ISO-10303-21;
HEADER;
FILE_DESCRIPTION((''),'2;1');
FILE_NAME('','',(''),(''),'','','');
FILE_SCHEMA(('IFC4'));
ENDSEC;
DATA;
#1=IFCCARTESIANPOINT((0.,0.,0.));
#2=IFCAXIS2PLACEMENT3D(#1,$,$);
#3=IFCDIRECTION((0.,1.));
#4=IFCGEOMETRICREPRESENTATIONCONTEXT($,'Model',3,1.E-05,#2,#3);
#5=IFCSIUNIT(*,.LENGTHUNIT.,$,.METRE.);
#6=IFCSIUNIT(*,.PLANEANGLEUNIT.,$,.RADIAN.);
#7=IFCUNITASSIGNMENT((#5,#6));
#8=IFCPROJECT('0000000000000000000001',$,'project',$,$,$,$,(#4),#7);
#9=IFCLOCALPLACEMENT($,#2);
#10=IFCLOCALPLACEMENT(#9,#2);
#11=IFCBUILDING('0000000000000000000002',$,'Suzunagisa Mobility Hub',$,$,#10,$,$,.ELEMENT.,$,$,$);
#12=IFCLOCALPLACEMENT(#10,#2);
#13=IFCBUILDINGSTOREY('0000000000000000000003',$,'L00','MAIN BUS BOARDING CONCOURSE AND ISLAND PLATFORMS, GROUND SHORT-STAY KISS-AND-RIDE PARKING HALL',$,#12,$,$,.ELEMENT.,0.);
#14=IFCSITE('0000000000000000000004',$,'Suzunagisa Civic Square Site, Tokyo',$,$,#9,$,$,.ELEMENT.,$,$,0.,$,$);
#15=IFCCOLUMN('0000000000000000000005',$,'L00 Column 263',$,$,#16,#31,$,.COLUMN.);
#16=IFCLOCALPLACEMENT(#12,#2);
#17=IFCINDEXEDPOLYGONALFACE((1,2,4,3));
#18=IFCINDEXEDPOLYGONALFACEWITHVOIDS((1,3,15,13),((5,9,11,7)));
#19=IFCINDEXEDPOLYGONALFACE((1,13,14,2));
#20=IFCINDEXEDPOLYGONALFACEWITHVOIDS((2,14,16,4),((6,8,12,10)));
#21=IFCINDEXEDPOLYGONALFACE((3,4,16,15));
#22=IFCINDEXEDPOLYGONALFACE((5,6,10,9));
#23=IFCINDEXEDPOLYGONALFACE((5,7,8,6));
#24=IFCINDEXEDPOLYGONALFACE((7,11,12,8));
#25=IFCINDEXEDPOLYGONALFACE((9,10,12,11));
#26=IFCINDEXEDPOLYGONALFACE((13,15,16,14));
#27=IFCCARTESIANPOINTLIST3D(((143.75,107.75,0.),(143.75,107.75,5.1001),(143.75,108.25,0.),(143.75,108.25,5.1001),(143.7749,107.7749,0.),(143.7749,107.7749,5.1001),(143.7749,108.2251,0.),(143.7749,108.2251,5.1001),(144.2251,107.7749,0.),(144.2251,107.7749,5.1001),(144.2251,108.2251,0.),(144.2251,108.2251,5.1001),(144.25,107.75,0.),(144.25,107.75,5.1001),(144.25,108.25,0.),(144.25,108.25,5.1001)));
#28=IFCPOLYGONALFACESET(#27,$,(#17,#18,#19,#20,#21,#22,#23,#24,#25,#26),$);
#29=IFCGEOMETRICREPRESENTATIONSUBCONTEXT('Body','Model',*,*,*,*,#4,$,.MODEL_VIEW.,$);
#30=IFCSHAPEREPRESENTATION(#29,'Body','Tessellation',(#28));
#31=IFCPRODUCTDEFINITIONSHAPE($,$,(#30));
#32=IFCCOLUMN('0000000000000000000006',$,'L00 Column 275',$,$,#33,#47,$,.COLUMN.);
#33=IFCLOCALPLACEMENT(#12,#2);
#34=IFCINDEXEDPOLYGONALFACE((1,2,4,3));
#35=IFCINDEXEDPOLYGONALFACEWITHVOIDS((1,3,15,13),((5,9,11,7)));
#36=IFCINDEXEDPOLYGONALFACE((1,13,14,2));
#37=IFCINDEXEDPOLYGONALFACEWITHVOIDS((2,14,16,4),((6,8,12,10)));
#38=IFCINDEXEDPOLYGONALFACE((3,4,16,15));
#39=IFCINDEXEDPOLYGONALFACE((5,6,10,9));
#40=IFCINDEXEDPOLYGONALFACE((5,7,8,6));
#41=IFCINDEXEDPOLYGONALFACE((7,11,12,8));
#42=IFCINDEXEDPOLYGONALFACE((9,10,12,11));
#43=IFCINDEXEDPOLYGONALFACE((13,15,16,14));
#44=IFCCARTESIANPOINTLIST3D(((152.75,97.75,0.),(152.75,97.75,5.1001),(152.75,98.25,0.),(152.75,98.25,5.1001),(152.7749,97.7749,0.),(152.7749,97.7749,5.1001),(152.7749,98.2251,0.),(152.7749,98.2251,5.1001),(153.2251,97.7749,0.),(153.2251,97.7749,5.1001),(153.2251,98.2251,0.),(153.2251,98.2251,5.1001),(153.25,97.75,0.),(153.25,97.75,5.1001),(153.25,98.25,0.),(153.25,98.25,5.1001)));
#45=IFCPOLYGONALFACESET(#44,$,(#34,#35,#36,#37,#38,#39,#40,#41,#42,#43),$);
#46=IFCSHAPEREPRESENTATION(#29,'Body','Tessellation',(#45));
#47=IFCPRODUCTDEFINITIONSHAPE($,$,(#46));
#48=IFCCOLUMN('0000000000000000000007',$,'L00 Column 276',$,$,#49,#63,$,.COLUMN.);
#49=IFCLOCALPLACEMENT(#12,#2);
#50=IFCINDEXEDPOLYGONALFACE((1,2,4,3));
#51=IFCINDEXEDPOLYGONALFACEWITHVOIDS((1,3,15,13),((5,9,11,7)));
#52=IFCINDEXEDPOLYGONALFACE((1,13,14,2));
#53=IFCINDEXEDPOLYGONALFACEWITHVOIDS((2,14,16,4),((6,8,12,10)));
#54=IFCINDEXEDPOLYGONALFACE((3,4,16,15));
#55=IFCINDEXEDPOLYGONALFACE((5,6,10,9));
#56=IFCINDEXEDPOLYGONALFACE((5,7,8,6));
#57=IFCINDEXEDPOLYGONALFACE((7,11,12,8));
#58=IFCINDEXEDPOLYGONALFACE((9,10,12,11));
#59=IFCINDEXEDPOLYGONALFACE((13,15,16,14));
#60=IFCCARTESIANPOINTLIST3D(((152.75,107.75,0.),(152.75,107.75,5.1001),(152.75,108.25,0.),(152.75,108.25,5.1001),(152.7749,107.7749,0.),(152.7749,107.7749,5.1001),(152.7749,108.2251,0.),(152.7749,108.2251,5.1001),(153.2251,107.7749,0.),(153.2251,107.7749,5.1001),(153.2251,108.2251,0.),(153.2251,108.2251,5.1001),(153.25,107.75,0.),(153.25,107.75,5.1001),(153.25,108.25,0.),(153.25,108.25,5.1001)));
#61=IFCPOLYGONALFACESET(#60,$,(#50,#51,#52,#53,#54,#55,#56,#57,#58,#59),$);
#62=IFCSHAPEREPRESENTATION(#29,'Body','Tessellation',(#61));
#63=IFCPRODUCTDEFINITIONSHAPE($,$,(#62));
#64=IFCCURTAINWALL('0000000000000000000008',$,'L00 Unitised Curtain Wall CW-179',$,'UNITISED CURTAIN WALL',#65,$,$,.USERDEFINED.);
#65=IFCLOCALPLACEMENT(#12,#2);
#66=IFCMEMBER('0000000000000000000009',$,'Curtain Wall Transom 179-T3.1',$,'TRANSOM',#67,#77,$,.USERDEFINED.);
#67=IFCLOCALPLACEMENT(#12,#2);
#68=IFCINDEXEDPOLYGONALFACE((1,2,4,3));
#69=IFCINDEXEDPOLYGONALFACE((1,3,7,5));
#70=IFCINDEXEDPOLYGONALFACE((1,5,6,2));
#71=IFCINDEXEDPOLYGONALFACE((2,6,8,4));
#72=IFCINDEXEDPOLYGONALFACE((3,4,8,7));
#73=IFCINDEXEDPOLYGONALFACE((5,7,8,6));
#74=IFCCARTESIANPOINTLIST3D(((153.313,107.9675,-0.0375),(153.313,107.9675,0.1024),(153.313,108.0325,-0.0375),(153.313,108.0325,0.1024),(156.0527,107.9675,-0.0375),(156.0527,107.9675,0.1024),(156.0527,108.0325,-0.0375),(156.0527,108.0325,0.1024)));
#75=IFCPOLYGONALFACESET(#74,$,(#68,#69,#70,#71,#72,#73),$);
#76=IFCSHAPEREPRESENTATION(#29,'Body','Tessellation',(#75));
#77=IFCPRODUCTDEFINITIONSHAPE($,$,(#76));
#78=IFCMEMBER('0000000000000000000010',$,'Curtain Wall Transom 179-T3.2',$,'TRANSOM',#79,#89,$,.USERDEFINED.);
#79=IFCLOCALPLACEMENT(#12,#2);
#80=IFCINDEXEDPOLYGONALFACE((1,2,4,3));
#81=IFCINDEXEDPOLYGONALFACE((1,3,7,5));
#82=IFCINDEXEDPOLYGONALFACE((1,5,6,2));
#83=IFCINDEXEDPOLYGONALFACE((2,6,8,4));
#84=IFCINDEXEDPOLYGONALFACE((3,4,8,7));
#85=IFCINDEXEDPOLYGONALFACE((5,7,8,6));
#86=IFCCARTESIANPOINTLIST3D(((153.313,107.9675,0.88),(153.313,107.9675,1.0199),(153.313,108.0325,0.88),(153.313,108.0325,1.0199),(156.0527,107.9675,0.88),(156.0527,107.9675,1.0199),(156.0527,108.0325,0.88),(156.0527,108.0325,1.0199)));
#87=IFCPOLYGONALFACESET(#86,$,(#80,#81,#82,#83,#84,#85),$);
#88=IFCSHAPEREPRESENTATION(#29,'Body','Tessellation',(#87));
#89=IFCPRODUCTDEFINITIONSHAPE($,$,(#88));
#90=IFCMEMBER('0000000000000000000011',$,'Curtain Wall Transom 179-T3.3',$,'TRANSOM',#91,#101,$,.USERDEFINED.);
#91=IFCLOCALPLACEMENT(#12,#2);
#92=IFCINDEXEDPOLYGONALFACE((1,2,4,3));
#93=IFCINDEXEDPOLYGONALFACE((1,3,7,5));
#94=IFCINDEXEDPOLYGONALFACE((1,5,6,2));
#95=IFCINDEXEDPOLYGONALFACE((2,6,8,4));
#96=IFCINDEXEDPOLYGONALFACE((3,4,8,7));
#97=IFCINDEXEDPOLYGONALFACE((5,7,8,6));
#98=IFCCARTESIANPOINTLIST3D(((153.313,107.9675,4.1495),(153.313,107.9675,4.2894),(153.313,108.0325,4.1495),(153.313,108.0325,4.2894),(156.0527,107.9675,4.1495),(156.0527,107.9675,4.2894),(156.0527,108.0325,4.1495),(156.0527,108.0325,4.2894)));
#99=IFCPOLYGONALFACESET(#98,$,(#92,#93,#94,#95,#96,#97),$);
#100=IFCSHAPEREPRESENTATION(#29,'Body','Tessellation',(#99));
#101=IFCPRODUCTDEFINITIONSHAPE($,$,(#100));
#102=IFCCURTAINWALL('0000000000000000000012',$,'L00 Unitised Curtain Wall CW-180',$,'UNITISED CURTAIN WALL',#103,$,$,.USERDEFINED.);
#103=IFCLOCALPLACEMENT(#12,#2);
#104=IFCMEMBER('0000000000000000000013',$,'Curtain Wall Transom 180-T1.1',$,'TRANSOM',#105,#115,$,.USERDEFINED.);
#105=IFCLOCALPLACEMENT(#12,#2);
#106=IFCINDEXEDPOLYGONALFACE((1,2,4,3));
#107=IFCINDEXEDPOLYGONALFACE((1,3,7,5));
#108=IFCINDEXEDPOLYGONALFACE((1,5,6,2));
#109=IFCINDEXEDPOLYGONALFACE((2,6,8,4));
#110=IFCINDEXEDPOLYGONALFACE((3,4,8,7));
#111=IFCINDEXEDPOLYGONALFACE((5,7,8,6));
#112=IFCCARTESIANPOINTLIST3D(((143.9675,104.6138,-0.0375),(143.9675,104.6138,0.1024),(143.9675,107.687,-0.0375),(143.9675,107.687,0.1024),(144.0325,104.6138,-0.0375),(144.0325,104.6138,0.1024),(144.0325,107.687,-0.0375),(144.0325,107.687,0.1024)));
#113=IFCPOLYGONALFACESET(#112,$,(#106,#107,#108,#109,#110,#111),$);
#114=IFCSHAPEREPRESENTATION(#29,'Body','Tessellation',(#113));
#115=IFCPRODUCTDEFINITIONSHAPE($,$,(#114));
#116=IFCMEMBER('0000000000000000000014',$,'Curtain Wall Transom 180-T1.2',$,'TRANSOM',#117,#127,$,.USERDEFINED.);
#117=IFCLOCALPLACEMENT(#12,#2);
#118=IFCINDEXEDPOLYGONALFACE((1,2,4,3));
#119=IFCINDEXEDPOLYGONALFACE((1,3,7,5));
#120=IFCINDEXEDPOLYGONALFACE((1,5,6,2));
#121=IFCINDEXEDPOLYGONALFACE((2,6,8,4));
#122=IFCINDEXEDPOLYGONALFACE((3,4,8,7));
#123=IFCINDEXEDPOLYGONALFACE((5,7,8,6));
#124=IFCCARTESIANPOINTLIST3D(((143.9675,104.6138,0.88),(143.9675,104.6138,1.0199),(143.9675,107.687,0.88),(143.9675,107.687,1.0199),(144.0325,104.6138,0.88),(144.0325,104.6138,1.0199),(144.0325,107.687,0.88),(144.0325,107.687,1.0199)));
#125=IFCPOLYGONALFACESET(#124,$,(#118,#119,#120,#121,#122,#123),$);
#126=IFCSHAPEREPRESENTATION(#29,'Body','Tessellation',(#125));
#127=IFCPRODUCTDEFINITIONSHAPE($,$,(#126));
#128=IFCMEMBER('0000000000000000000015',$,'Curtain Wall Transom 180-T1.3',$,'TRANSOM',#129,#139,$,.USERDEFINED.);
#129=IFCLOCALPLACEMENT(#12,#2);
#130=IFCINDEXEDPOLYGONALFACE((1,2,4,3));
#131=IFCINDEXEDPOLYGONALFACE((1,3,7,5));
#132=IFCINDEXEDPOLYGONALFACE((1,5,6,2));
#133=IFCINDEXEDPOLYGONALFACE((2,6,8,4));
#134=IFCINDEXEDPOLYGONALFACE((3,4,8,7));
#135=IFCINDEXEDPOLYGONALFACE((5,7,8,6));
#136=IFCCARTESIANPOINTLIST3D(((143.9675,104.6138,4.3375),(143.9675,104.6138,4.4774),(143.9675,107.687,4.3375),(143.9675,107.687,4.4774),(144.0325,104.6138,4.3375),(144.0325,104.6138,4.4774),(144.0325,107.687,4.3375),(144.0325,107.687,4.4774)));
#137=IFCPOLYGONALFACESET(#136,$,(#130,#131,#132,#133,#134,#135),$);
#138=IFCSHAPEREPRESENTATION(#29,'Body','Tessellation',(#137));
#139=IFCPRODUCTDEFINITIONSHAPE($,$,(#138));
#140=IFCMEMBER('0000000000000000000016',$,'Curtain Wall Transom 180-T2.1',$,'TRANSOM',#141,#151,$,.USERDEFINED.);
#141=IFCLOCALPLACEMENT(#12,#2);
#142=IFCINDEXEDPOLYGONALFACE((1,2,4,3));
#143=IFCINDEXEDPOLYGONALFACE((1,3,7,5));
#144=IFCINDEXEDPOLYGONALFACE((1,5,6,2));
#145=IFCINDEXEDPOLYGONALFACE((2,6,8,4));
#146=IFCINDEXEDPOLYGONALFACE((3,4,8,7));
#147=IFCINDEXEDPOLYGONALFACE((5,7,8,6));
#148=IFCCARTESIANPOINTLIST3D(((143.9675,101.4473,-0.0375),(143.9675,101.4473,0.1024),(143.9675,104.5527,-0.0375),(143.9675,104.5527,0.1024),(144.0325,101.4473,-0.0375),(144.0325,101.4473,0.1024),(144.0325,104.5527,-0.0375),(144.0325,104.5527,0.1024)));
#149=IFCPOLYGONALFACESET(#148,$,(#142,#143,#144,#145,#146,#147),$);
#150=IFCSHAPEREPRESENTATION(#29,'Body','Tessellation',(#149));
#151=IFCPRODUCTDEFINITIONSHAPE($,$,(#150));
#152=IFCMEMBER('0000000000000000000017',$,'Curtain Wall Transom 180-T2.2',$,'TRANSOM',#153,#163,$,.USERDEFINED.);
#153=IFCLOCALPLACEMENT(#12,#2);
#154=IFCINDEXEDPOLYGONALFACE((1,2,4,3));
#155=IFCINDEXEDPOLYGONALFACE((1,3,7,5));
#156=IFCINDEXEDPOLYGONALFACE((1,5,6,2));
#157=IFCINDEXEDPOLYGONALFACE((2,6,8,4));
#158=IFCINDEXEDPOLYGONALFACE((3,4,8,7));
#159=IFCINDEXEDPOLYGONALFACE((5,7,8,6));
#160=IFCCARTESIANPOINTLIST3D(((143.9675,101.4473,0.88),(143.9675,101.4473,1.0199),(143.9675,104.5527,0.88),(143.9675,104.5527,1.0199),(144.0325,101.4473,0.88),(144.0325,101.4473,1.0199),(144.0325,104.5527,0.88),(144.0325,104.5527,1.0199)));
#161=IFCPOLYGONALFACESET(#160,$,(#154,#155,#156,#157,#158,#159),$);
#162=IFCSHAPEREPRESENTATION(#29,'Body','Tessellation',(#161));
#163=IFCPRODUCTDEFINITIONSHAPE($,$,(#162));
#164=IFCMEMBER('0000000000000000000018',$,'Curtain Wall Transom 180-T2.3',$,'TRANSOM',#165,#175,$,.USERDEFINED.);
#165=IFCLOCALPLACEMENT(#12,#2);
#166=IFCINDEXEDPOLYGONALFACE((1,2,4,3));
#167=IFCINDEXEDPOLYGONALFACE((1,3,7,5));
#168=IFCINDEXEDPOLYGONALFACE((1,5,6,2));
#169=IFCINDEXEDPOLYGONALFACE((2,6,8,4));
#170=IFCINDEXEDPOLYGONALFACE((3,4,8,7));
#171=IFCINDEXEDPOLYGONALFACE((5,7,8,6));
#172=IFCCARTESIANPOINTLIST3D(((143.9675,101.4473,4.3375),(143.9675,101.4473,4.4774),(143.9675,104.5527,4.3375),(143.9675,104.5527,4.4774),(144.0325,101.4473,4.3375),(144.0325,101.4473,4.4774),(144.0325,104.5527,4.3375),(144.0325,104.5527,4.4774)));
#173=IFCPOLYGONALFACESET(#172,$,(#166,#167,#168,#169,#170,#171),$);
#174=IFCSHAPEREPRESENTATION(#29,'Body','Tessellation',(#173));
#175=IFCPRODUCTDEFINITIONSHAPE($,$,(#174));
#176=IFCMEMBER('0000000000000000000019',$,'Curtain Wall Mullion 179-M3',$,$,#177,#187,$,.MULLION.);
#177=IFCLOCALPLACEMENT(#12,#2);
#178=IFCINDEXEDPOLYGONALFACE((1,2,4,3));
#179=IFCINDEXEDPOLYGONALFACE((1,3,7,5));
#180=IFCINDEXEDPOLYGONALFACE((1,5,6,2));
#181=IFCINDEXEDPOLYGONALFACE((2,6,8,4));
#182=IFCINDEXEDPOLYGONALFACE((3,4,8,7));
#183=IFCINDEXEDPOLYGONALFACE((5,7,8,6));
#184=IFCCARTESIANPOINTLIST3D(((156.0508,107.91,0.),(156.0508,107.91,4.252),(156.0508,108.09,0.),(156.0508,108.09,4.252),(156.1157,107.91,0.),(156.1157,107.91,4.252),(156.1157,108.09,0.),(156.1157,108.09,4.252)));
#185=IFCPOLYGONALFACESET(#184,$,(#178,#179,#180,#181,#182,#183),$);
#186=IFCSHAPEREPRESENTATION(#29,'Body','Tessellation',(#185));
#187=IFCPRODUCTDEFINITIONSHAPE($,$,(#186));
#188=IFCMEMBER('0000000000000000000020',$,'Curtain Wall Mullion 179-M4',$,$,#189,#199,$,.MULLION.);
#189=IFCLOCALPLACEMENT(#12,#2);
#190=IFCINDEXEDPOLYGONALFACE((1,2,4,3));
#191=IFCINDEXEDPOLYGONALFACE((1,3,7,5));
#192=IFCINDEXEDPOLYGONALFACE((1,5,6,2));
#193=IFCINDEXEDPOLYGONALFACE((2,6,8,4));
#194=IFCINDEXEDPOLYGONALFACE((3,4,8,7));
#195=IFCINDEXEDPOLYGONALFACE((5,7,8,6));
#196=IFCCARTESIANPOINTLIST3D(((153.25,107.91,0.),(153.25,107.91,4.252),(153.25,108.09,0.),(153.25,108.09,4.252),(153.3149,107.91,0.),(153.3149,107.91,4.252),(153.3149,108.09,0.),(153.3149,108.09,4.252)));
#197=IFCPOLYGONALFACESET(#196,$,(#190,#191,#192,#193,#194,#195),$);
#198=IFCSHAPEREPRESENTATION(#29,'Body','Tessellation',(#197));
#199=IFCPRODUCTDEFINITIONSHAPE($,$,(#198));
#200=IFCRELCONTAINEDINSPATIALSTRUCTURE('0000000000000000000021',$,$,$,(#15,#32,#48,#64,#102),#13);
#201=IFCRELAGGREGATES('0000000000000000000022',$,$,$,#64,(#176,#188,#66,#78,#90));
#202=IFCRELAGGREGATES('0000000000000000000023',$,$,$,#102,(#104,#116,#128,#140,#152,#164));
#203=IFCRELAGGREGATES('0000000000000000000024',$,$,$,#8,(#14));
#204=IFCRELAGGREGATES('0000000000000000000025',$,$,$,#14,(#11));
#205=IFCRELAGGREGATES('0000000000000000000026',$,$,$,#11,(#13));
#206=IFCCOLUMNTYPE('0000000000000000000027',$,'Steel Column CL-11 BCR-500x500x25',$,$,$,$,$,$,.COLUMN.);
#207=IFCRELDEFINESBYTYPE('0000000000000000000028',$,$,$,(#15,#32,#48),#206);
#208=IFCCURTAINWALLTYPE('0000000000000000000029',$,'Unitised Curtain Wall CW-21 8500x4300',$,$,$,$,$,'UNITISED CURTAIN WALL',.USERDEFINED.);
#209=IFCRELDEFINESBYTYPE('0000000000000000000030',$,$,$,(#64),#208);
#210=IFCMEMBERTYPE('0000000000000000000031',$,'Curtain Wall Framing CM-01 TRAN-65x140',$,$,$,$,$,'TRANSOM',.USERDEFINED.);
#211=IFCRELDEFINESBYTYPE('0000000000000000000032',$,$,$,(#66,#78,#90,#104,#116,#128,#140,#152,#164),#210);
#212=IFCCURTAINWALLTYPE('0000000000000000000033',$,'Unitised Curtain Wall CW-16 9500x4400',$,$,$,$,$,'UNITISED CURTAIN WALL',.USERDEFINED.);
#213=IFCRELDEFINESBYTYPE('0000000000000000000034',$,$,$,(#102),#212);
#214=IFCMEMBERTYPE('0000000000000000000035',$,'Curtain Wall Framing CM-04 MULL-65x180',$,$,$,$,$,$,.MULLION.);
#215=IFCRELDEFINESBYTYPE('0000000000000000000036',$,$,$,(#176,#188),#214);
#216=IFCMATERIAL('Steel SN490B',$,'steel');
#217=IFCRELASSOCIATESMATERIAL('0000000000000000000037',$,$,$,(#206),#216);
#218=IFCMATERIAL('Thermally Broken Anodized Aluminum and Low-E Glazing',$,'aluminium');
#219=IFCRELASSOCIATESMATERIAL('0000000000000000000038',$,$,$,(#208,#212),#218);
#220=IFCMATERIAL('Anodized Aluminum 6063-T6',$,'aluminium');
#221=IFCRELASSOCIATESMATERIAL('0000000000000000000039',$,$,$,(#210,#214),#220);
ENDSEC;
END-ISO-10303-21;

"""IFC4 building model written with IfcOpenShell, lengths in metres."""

from ifc_helpers import new_model, si_unit, direction, frame, origin, origin_2d, place, context, subcontext, project, spatial, rectangle, hollow_rectangle, extrude, material, material_profile, profile_set, type_object, element, aggregate, save


model = new_model("IFC4")

# Units and contexts
model_context = context("Model", 3, precision=1e-05, world=origin(), true_north=direction((0.0, 1.0)))
body_context = subcontext(model_context, "Body", "Model", "MODEL_VIEW")
ifc_project = project(units=[si_unit("LENGTHUNIT", "METRE"), si_unit("PLANEANGLEUNIT", "RADIAN")], contexts=[model_context])

# Site, building, storey
site_placement = place(None, origin())
site = spatial("IfcSite", under=ifc_project, at=site_placement, Name="Suzunagisa Civic Square Site, Tokyo", CompositionType="ELEMENT", RefElevation=0.0)
building_placement = place(site_placement, origin())
building = spatial("IfcBuilding", under=site, at=building_placement, Name="Suzunagisa Mobility Hub", CompositionType="ELEMENT")
storey_placement = place(building_placement, origin())
storey = spatial("IfcBuildingStorey", under=building, at=storey_placement, Name="L00", Description="MAIN BUS BOARDING CONCOURSE AND ISLAND PLATFORMS, GROUND SHORT-STAY KISS-AND-RIDE PARKING HALL", CompositionType="ELEMENT", Elevation=0.0)

# Columns
ifc_material_1 = material(Name="Steel SN490B", Category="steel")
ifc_material_profile_1 = material_profile(ifc_material_1, hollow_rectangle(XDim=0.5, YDim=0.5, WallThickness=0.0249, at=origin_2d()), Name="BCR-500x500x25")
ifc_profile_set_1 = profile_set([ifc_material_profile_1], Name="Steel SN490B")
column_type = type_object("IfcColumnType", Name="Steel Column CL-11 BCR-500x500x25", PredefinedType="COLUMN", material=ifc_profile_set_1)
for number, where, z_axis, x_axis, name in (
    (1, (144.0, 108.0, 0.0), (0.0, 0.0, 1.0), (1.0, 0.0, 0.0), "L00 Column 263"),
    (2, (153.0, 98.0, 0.0), (0.0, 0.0, 1.0), (1.0, 0.0, 0.0), "L00 Column 275"),
    (3, (153.0, 108.0, 0.0), (0.0, 0.0, 1.0), (1.0, 0.0, 0.0), "L00 Column 276"),
):
    element("IfcColumn", number, at=place(storey_placement, frame(where, z_axis=z_axis, x_axis=x_axis)), inside=storey, type_object=column_type, Name=name, PredefinedType="COLUMN", context=body_context, shape_type="SweptSolid", body=[
        extrude(hollow_rectangle(XDim=0.5, YDim=0.5, WallThickness=0.0249, at=origin_2d()), origin(), (0.0, 0.0, 1.0), 5.1001),
    ])

# Curtain walls, members
ifc_material_2 = material(Name="Thermally Broken Anodized Aluminum and Low-E Glazing", Category="aluminium")
curtain_wall_type_1 = type_object("IfcCurtainWallType", Name="Unitised Curtain Wall CW-21 8500x4300", ElementType="UNITISED CURTAIN WALL", PredefinedType="USERDEFINED", material=ifc_material_2)
curtain_wall_1_placement = place(storey_placement, origin())
curtain_wall_1 = element("IfcCurtainWall", 4, at=curtain_wall_1_placement, inside=storey, type_object=curtain_wall_type_1, Name="L00 Unitised Curtain Wall CW-179", ObjectType="UNITISED CURTAIN WALL", PredefinedType="USERDEFINED")
ifc_material_3 = material(Name="Anodized Aluminum 6063-T6", Category="aluminium")
ifc_material_profile_2 = material_profile(ifc_material_3, rectangle(XDim=0.0649, YDim=0.1399, at=origin_2d()), Name="TRAN-65x140")
ifc_profile_set_2 = profile_set([ifc_material_profile_2], Name="Anodized Aluminum 6063-T6")
member_type_1 = type_object("IfcMemberType", Name="Curtain Wall Framing CM-01 TRAN-65x140", ElementType="TRANSOM", PredefinedType="USERDEFINED", material=ifc_profile_set_2)
member_1_placement = place(storey_placement, frame((156.0527, 108.0, 0.0325), z_axis=(-1.0, 0.0, 0.0), x_axis=(0.0, -1.0, 0.0)))
member_1 = element("IfcMember", 5, at=member_1_placement, type_object=member_type_1, Name="Curtain Wall Transom 179-T3.1", ObjectType="TRANSOM", PredefinedType="USERDEFINED", context=body_context, shape_type="SweptSolid", body=[
    extrude(rectangle(XDim=0.0649, YDim=0.1399, at=origin_2d()), origin(), (0.0, 0.0, 1.0), 2.7397),
])
member_2_placement = place(storey_placement, frame((156.0527, 108.0, 0.95), z_axis=(-1.0, 0.0, 0.0), x_axis=(0.0, -1.0, 0.0)))
member_2 = element("IfcMember", 6, at=member_2_placement, type_object=member_type_1, Name="Curtain Wall Transom 179-T3.2", ObjectType="TRANSOM", PredefinedType="USERDEFINED", context=body_context, shape_type="SweptSolid", body=[
    extrude(rectangle(XDim=0.0649, YDim=0.1399, at=origin_2d()), origin(), (0.0, 0.0, 1.0), 2.7397),
])
member_3_placement = place(storey_placement, frame((156.0527, 108.0, 4.2195), z_axis=(-1.0, 0.0, 0.0), x_axis=(0.0, -1.0, 0.0)))
member_3 = element("IfcMember", 7, at=member_3_placement, type_object=member_type_1, Name="Curtain Wall Transom 179-T3.3", ObjectType="TRANSOM", PredefinedType="USERDEFINED", context=body_context, shape_type="SweptSolid", body=[
    extrude(rectangle(XDim=0.0649, YDim=0.1399, at=origin_2d()), origin(), (0.0, 0.0, 1.0), 2.7397),
])
curtain_wall_type_2 = type_object("IfcCurtainWallType", Name="Unitised Curtain Wall CW-16 9500x4400", ElementType="UNITISED CURTAIN WALL", PredefinedType="USERDEFINED", material=ifc_material_2)
curtain_wall_2_placement = place(storey_placement, origin())
curtain_wall_2 = element("IfcCurtainWall", 8, at=curtain_wall_2_placement, inside=storey, type_object=curtain_wall_type_2, Name="L00 Unitised Curtain Wall CW-180", ObjectType="UNITISED CURTAIN WALL", PredefinedType="USERDEFINED")
member_4_placement = place(storey_placement, frame((144.0, 107.687, 0.0325), z_axis=(0.0, -1.0, 0.0), x_axis=(1.0, 0.0, 0.0)))
member_4 = element("IfcMember", 9, at=member_4_placement, type_object=member_type_1, Name="Curtain Wall Transom 180-T1.1", ObjectType="TRANSOM", PredefinedType="USERDEFINED", context=body_context, shape_type="SweptSolid", body=[
    extrude(rectangle(XDim=0.0649, YDim=0.1399, at=origin_2d()), origin(), (0.0, 0.0, 1.0), 3.0732),
])
member_5_placement = place(storey_placement, frame((144.0, 107.687, 0.95), z_axis=(0.0, -1.0, 0.0), x_axis=(1.0, 0.0, 0.0)))
member_5 = element("IfcMember", 10, at=member_5_placement, type_object=member_type_1, Name="Curtain Wall Transom 180-T1.2", ObjectType="TRANSOM", PredefinedType="USERDEFINED", context=body_context, shape_type="SweptSolid", body=[
    extrude(rectangle(XDim=0.0649, YDim=0.1399, at=origin_2d()), origin(), (0.0, 0.0, 1.0), 3.0732),
])
member_6_placement = place(storey_placement, frame((144.0, 107.687, 4.4075), z_axis=(0.0, -1.0, 0.0), x_axis=(1.0, 0.0, 0.0)))
member_6 = element("IfcMember", 11, at=member_6_placement, type_object=member_type_1, Name="Curtain Wall Transom 180-T1.3", ObjectType="TRANSOM", PredefinedType="USERDEFINED", context=body_context, shape_type="SweptSolid", body=[
    extrude(rectangle(XDim=0.0649, YDim=0.1399, at=origin_2d()), origin(), (0.0, 0.0, 1.0), 3.0732),
])
member_7_placement = place(storey_placement, frame((144.0, 104.5527, 0.0325), z_axis=(0.0, -1.0, 0.0), x_axis=(1.0, 0.0, 0.0)))
member_7 = element("IfcMember", 12, at=member_7_placement, type_object=member_type_1, Name="Curtain Wall Transom 180-T2.1", ObjectType="TRANSOM", PredefinedType="USERDEFINED", context=body_context, shape_type="SweptSolid", body=[
    extrude(rectangle(XDim=0.0649, YDim=0.1399, at=origin_2d()), origin(), (0.0, 0.0, 1.0), 3.1055),
])
member_8_placement = place(storey_placement, frame((144.0, 104.5527, 0.95), z_axis=(0.0, -1.0, 0.0), x_axis=(1.0, 0.0, 0.0)))
member_8 = element("IfcMember", 13, at=member_8_placement, type_object=member_type_1, Name="Curtain Wall Transom 180-T2.2", ObjectType="TRANSOM", PredefinedType="USERDEFINED", context=body_context, shape_type="SweptSolid", body=[
    extrude(rectangle(XDim=0.0649, YDim=0.1399, at=origin_2d()), origin(), (0.0, 0.0, 1.0), 3.1055),
])
member_9_placement = place(storey_placement, frame((144.0, 104.5527, 4.4075), z_axis=(0.0, -1.0, 0.0), x_axis=(1.0, 0.0, 0.0)))
member_9 = element("IfcMember", 14, at=member_9_placement, type_object=member_type_1, Name="Curtain Wall Transom 180-T2.3", ObjectType="TRANSOM", PredefinedType="USERDEFINED", context=body_context, shape_type="SweptSolid", body=[
    extrude(rectangle(XDim=0.0649, YDim=0.1399, at=origin_2d()), origin(), (0.0, 0.0, 1.0), 3.1055),
])

# Members
ifc_material_profile_3 = material_profile(ifc_material_3, rectangle(XDim=0.0649, YDim=0.1799, at=origin_2d()), Name="MULL-65x180")
ifc_profile_set_3 = profile_set([ifc_material_profile_3], Name="Anodized Aluminum 6063-T6")
member_type_2 = type_object("IfcMemberType", Name="Curtain Wall Framing CM-04 MULL-65x180", PredefinedType="MULLION", material=ifc_profile_set_3)
member_10_placement = place(storey_placement, frame((156.0833, 108.0, 0.0), z_axis=(0.0, 0.0, 1.0), x_axis=(-1.0, 0.0, 0.0)))
member_10 = element("IfcMember", 15, at=member_10_placement, type_object=member_type_2, Name="Curtain Wall Mullion 179-M3", PredefinedType="MULLION", context=body_context, shape_type="SweptSolid", body=[
    extrude(rectangle(XDim=0.0649, YDim=0.1799, at=origin_2d()), origin(), (0.0, 0.0, 1.0), 4.252),
])
member_11_placement = place(storey_placement, frame((153.2825, 108.0, 0.0), z_axis=(0.0, 0.0, 1.0), x_axis=(-1.0, 0.0, 0.0)))
member_11 = element("IfcMember", 16, at=member_11_placement, type_object=member_type_2, Name="Curtain Wall Mullion 179-M4", PredefinedType="MULLION", context=body_context, shape_type="SweptSolid", body=[
    extrude(rectangle(XDim=0.0649, YDim=0.1799, at=origin_2d()), origin(), (0.0, 0.0, 1.0), 4.252),
])

aggregate(curtain_wall_1, [member_10, member_11, member_1, member_2, member_3])
aggregate(curtain_wall_2, [member_4, member_5, member_6, member_7, member_8, member_9])

save(model, "model.ifc")
